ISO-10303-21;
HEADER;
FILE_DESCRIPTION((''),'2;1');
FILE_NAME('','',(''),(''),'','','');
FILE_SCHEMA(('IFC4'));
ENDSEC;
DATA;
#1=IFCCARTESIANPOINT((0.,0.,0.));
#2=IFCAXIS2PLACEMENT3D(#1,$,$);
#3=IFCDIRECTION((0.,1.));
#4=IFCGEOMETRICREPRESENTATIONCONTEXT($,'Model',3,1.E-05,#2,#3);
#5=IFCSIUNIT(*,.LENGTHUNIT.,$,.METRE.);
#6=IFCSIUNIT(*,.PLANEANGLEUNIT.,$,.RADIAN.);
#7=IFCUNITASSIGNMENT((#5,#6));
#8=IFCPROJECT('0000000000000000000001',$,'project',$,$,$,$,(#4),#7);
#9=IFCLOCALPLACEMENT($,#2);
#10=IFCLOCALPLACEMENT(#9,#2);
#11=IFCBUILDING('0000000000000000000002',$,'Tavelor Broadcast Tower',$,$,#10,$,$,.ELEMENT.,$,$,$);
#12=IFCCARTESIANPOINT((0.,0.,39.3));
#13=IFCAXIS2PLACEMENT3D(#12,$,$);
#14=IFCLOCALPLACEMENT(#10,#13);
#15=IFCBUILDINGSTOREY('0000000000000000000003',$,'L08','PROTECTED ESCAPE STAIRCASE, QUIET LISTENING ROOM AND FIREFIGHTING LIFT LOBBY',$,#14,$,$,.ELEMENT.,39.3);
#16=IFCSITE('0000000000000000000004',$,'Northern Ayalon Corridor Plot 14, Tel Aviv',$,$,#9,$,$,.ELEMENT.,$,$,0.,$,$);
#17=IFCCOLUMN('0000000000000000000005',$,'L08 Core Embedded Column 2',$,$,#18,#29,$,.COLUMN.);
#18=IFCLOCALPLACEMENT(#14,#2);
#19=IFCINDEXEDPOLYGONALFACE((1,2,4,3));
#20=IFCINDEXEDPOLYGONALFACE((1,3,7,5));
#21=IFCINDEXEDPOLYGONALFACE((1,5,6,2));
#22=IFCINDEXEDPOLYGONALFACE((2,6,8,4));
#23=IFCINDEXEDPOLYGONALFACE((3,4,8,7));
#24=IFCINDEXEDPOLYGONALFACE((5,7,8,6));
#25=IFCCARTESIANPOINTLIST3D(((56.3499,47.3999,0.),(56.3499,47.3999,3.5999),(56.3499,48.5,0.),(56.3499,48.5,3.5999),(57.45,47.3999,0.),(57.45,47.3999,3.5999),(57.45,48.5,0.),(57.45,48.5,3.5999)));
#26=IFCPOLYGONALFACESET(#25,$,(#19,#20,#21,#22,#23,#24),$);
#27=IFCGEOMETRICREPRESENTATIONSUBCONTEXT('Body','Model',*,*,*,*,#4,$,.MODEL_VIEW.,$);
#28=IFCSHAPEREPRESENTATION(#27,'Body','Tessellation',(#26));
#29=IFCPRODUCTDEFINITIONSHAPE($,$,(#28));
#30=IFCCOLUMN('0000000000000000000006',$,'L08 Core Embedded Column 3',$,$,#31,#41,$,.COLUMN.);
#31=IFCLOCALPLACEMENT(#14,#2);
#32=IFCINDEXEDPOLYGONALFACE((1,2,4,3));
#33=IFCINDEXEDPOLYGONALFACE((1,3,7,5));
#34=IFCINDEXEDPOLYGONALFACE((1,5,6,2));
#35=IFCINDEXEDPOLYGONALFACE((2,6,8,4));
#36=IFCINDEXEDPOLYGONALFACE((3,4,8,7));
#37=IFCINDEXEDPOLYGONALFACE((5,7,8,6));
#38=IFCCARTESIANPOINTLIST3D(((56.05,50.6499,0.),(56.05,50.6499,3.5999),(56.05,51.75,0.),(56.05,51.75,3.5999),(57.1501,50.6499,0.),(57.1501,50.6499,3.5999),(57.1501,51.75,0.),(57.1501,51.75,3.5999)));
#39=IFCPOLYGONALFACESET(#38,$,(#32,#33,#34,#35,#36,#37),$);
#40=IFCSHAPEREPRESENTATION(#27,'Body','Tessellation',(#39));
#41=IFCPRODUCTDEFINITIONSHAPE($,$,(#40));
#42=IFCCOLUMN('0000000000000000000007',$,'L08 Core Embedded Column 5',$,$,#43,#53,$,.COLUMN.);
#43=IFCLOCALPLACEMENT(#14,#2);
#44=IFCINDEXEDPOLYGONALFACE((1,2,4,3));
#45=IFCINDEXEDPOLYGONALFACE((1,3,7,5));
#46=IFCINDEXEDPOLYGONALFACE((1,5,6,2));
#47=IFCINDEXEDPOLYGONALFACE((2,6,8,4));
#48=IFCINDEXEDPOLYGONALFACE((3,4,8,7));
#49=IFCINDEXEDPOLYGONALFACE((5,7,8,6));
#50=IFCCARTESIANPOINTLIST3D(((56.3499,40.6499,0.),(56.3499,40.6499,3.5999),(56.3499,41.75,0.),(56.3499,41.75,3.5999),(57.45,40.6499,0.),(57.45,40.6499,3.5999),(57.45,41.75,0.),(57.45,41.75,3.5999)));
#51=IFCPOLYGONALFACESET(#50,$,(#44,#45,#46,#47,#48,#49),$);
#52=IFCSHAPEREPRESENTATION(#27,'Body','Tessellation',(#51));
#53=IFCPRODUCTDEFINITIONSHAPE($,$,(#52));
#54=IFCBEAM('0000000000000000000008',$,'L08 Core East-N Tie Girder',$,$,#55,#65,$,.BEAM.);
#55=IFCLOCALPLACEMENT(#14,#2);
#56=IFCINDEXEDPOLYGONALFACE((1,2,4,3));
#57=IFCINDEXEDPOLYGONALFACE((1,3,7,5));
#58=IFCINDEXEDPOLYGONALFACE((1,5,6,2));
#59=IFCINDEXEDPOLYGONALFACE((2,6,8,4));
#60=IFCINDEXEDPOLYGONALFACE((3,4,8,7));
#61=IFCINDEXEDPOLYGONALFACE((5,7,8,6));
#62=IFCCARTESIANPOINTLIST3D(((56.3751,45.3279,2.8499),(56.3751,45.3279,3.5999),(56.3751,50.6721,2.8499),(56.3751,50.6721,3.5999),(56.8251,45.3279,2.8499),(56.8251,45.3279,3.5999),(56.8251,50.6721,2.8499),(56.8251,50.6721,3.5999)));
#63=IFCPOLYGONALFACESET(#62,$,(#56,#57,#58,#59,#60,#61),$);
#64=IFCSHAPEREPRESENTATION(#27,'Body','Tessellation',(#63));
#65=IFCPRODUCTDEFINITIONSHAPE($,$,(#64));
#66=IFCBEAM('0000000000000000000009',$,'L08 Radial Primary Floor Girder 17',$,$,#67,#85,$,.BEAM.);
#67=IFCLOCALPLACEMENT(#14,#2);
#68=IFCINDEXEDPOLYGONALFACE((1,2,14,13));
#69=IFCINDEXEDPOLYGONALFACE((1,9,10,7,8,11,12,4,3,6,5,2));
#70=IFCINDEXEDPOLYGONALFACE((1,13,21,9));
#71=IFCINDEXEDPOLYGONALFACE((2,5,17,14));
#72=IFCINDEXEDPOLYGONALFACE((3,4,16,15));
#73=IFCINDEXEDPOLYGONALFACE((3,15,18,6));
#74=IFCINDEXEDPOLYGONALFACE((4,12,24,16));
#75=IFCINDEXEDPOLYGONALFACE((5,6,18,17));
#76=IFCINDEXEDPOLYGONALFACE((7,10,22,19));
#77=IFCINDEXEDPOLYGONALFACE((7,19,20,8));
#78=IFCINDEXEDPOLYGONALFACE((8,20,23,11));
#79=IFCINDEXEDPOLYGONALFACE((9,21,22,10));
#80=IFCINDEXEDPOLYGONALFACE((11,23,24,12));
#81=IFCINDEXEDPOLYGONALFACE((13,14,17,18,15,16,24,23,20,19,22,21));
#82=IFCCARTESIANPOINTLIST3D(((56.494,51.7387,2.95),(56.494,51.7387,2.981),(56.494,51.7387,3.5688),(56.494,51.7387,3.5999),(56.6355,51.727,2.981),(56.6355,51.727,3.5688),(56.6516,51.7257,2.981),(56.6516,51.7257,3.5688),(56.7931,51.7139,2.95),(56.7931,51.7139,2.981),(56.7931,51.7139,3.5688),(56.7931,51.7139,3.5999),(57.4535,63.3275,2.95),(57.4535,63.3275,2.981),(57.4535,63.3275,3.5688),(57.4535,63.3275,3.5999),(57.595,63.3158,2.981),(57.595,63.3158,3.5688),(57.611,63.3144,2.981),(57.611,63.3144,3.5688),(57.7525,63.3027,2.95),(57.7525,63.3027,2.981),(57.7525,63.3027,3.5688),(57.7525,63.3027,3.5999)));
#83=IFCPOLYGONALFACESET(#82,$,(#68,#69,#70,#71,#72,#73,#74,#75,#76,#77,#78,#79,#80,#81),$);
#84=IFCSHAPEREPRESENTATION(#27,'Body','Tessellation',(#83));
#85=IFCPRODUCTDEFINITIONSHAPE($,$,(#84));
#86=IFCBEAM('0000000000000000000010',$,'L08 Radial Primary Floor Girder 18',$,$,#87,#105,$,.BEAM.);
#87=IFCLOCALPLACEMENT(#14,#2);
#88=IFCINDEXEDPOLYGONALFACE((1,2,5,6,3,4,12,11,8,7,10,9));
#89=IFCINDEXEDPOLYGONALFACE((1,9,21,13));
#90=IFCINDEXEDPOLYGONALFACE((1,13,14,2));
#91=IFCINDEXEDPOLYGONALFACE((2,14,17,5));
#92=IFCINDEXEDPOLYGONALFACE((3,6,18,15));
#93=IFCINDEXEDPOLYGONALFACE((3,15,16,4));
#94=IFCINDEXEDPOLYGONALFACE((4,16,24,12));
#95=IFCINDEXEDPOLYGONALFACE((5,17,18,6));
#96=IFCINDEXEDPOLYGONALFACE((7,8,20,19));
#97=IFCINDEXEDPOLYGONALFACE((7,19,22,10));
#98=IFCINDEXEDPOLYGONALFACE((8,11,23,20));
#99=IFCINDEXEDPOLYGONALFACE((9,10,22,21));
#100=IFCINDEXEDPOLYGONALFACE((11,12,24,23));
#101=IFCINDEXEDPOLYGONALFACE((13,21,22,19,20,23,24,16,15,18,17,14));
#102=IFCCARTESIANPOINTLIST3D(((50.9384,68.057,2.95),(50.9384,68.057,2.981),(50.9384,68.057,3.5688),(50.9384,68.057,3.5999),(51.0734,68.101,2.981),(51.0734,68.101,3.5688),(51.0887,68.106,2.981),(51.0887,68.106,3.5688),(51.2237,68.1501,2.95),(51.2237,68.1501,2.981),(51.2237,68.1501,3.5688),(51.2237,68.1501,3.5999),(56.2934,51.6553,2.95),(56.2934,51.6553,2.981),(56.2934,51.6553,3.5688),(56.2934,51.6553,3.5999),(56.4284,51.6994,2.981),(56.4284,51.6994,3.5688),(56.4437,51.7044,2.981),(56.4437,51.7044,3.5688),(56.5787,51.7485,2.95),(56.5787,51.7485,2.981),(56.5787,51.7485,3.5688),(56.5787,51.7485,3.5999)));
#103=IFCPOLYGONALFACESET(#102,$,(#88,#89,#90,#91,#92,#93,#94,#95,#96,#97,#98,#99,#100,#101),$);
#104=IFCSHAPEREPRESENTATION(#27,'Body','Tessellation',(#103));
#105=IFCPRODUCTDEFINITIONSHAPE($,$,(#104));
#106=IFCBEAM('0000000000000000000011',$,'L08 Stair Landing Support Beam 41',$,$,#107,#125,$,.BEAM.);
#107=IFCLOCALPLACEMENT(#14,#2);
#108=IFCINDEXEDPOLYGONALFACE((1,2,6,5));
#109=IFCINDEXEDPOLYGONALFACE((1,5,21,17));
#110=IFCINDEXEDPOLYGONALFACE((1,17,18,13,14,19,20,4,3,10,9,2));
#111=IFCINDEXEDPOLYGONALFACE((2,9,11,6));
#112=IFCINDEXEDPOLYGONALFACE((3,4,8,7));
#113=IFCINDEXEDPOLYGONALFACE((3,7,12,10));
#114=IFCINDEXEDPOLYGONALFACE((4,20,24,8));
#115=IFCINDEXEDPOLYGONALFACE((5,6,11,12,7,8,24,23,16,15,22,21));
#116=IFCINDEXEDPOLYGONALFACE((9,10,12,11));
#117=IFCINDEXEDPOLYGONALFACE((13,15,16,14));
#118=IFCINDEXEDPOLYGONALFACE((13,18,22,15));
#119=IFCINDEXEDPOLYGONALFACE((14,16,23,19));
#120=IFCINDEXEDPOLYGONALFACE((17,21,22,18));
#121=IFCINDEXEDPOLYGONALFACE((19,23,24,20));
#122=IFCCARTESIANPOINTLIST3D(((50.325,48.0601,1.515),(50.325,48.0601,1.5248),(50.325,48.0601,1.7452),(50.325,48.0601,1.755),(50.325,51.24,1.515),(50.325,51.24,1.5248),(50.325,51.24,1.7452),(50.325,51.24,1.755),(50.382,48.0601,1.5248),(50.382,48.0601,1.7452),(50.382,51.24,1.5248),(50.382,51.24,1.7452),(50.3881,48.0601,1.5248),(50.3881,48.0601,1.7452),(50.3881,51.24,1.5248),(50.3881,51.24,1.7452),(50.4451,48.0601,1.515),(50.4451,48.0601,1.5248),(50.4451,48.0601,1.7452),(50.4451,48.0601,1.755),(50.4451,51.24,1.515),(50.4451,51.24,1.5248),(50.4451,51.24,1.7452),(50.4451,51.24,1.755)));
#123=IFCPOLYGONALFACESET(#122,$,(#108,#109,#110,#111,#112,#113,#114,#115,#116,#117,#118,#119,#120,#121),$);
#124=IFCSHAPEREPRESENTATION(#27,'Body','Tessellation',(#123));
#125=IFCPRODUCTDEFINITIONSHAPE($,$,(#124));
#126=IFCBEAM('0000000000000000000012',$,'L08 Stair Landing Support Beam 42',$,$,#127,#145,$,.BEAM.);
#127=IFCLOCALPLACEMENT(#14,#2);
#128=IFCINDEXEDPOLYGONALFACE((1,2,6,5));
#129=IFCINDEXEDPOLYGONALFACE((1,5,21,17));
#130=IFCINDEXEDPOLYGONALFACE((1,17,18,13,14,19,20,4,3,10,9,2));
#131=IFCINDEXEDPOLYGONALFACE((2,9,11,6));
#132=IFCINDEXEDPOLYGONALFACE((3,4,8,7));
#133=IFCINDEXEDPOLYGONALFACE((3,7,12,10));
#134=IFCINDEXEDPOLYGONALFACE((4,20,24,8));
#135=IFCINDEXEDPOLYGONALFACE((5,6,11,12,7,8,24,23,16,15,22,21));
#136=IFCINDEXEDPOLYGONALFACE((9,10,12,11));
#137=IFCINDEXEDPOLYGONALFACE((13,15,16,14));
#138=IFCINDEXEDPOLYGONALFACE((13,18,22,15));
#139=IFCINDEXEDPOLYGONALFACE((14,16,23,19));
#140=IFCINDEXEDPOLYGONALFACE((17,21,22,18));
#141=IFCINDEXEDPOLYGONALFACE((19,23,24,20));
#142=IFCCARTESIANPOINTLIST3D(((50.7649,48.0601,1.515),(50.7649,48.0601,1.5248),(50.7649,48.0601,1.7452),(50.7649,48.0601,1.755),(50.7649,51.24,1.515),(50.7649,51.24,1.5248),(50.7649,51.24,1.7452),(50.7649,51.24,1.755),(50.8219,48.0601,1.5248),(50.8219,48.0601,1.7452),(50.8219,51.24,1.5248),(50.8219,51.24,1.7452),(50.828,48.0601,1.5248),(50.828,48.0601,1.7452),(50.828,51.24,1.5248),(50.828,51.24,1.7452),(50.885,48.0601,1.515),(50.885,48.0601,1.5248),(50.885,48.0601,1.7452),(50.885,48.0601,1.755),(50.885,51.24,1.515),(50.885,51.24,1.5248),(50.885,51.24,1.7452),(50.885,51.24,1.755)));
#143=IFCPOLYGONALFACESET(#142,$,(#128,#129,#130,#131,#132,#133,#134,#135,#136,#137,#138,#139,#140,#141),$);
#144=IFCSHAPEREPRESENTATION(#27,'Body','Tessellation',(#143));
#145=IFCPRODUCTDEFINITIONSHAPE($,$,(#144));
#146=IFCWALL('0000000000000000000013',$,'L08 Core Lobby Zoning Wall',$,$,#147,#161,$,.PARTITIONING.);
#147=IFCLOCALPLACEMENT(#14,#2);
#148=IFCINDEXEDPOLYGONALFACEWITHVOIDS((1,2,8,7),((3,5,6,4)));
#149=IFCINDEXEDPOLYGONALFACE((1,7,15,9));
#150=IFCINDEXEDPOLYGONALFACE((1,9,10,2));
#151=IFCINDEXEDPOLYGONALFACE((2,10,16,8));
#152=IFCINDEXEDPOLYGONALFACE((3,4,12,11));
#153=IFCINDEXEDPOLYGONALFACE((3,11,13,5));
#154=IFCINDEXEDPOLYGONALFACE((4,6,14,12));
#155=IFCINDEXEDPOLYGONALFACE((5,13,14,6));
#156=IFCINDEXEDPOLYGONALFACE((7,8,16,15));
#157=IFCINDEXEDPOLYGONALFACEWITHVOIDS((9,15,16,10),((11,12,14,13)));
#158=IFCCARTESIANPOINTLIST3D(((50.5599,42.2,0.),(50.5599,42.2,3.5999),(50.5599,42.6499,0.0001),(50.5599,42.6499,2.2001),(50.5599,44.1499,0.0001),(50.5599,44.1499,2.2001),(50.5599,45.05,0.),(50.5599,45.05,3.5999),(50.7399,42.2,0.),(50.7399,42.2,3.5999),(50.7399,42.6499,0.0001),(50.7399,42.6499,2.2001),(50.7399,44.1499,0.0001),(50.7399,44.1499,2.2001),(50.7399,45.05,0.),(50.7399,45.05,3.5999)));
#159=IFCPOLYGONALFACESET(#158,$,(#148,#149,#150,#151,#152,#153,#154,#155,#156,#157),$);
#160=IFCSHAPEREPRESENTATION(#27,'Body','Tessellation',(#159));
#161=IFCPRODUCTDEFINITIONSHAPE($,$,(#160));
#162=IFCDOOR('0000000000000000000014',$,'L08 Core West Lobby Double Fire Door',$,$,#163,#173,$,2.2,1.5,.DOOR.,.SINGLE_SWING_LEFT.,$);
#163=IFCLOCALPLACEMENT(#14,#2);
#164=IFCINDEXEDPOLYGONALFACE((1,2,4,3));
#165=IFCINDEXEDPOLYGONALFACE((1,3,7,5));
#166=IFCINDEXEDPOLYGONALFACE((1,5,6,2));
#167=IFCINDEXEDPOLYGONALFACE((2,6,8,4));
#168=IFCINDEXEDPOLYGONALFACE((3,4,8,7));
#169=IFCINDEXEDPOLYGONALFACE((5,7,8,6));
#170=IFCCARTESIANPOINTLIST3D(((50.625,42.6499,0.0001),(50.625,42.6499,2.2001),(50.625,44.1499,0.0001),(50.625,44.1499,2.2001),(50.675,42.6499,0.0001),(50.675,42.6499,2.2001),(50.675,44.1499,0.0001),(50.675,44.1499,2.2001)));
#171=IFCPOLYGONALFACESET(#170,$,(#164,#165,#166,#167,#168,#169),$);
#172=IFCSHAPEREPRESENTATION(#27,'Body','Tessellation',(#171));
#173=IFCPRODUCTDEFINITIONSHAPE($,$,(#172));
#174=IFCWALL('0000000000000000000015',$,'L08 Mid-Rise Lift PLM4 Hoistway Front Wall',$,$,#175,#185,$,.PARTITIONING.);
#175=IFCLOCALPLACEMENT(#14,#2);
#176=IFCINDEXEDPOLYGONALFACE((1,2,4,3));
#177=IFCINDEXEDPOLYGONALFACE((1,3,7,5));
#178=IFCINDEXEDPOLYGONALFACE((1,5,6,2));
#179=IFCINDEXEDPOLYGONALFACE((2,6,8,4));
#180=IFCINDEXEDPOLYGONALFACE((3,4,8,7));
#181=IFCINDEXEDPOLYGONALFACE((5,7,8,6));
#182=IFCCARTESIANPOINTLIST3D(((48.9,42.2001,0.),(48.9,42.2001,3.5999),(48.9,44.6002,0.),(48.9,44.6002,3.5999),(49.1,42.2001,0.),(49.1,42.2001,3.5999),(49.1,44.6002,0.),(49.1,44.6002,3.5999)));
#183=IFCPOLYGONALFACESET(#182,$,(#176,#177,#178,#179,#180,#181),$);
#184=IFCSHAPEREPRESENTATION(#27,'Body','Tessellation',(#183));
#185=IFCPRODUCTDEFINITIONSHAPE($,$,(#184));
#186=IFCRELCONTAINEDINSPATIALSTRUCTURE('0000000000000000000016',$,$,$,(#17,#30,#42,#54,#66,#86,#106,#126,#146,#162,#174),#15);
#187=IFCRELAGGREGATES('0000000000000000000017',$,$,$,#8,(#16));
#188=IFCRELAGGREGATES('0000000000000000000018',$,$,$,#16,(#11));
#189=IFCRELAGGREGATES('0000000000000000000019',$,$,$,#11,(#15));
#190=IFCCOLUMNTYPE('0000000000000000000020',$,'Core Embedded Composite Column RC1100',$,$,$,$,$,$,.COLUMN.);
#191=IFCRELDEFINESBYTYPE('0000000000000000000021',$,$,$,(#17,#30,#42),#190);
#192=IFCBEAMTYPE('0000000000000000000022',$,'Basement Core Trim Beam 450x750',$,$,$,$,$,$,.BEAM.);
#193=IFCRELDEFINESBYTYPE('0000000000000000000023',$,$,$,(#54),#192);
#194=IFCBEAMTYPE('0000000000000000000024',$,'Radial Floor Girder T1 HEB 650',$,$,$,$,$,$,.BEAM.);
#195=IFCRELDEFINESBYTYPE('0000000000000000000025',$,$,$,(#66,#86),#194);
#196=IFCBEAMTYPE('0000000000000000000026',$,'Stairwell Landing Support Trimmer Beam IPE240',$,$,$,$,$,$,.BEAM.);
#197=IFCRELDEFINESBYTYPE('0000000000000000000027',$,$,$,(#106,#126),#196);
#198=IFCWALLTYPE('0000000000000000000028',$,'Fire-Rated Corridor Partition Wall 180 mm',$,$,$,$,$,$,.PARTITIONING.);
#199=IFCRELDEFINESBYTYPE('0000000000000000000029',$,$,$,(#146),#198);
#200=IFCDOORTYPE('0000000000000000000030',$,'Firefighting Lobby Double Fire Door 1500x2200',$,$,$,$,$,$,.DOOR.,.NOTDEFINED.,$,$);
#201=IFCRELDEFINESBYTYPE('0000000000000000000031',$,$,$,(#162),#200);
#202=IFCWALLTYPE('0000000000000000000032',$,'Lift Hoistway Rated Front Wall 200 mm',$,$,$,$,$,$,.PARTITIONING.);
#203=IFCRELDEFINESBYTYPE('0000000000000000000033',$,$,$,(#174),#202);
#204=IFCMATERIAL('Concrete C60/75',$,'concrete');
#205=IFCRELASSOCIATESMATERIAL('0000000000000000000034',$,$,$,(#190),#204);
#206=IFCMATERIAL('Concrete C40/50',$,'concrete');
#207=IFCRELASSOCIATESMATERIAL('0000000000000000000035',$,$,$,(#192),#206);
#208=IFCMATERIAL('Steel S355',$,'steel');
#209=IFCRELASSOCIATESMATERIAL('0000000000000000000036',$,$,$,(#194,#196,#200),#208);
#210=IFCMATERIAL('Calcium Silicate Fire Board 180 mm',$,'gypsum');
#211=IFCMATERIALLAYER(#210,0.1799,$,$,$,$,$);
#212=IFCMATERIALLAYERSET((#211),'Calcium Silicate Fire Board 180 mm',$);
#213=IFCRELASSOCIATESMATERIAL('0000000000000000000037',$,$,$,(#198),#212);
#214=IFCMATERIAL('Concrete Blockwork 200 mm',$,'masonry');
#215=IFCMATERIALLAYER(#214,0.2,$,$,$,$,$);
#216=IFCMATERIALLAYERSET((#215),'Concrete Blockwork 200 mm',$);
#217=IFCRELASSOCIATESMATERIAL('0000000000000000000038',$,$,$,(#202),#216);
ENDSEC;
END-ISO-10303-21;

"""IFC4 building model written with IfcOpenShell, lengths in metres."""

from ifc_helpers import new_model, si_unit, direction, frame, frame_2d, origin, origin_2d, place, context, subcontext, project, spatial, rectangle, i_section, extrude, material, layer, layer_set, material_profile, profile_set, type_object, element, fill, save


model = new_model("IFC4")

# Units and contexts
model_context = context("Model", 3, precision=1e-05, world=origin(), true_north=direction((0.0, 1.0)))
body_context = subcontext(model_context, "Body", "Model", "MODEL_VIEW")
ifc_project = project(units=[si_unit("LENGTHUNIT", "METRE"), si_unit("PLANEANGLEUNIT", "RADIAN")], contexts=[model_context])

# Site, building, storey
site_placement = place(None, origin())
site = spatial("IfcSite", under=ifc_project, at=site_placement, Name="Northern Ayalon Corridor Plot 14, Tel Aviv", CompositionType="ELEMENT", RefElevation=0.0)
building_placement = place(site_placement, origin())
building = spatial("IfcBuilding", under=site, at=building_placement, Name="Tavelor Broadcast Tower", CompositionType="ELEMENT")
storey_placement = place(building_placement, frame((0.0, 0.0, 39.3)))
storey = spatial("IfcBuildingStorey", under=building, at=storey_placement, Name="L08", Description="PROTECTED ESCAPE STAIRCASE, QUIET LISTENING ROOM AND FIREFIGHTING LIFT LOBBY", CompositionType="ELEMENT", Elevation=39.3)

# Columns
ifc_material_1 = material(Name="Concrete C60/75", Category="concrete")
ifc_material_profile_1 = material_profile(ifc_material_1, rectangle(XDim=1.1001, YDim=1.1001, at=origin_2d()), Name="RC 1100x1100")
ifc_profile_set_1 = profile_set([ifc_material_profile_1], Name="Concrete C60/75")
column_type = type_object("IfcColumnType", Name="Core Embedded Composite Column RC1100", PredefinedType="COLUMN", material=ifc_profile_set_1)
for number, where, z_axis, x_axis, name in (
    (1, (56.8999, 47.95, 0.0), (0.0, 0.0, 1.0), (1.0, 0.0, 0.0), "L08 Core Embedded Column 2"),
    (2, (56.6001, 51.2, 0.0), (0.0, 0.0, 1.0), (1.0, 0.0, 0.0), "L08 Core Embedded Column 3"),
    (3, (56.8999, 41.2, 0.0), (0.0, 0.0, 1.0), (1.0, 0.0, 0.0), "L08 Core Embedded Column 5"),
):
    element("IfcColumn", number, at=place(storey_placement, frame(where, z_axis=z_axis, x_axis=x_axis)), inside=storey, type_object=column_type, Name=name, PredefinedType="COLUMN", context=body_context, shape_type="SweptSolid", body=[
        extrude(rectangle(XDim=1.1001, YDim=1.1001, at=origin_2d()), origin(), (0.0, 0.0, 1.0), 3.5999),
    ])

# Beams
ifc_material_2 = material(Name="Concrete C40/50", Category="concrete")
ifc_material_profile_2 = material_profile(ifc_material_2, rectangle(XDim=0.45, YDim=0.75, at=origin_2d()), Name="RC 450x750")
ifc_profile_set_2 = profile_set([ifc_material_profile_2], Name="Concrete C40/50")
beam_type_1 = type_object("IfcBeamType", Name="Basement Core Trim Beam 450x750", PredefinedType="BEAM", material=ifc_profile_set_2)
beam_1_placement = place(storey_placement, frame((56.6001, 45.3279, 3.2249), z_axis=(0.0, 1.0, 0.0), x_axis=(-1.0, 0.0, 0.0)))
element("IfcBeam", 4, at=beam_1_placement, inside=storey, type_object=beam_type_1, Name="L08 Core East-N Tie Girder", PredefinedType="BEAM", context=body_context, shape_type="SweptSolid", body=[
    extrude(rectangle(XDim=0.45, YDim=0.75, at=origin_2d()), origin(), (0.0, 0.0, 1.0), 5.3442),
])
ifc_material_3 = material(Name="Steel S355", Category="steel")
ifc_material_profile_3 = material_profile(ifc_material_3, i_section(OverallWidth=0.3, OverallDepth=0.6499, WebThickness=0.0161, FlangeThickness=0.031, at=origin_2d()), Name="HEB 650")
ifc_profile_set_3 = profile_set([ifc_material_profile_3], Name="Steel S355")
beam_type_2 = type_object("IfcBeamType", Name="Radial Floor Girder T1 HEB 650", PredefinedType="BEAM", material=ifc_profile_set_3)
beam_2_placement = place(storey_placement, frame((56.6436, 51.7263, 3.2749), z_axis=(0.08251, 0.99659, 0.0), x_axis=(-0.99659, 0.08251, 0.0)))
element("IfcBeam", 5, at=beam_2_placement, inside=storey, type_object=beam_type_2, Name="L08 Radial Primary Floor Girder 17", PredefinedType="BEAM", context=body_context, shape_type="SweptSolid", body=[
    extrude(i_section(OverallWidth=0.3, OverallDepth=0.6499, WebThickness=0.0161, FlangeThickness=0.031, at=origin_2d()), origin(), (0.0, 0.0, 1.0), 11.6284),
])
beam_3_placement = place(storey_placement, frame((56.436, 51.7019, 3.2749), z_axis=(-0.310368, 0.950617, 0.0), x_axis=(-0.950617, -0.310368, 0.0)))
element("IfcBeam", 6, at=beam_3_placement, inside=storey, type_object=beam_type_2, Name="L08 Radial Primary Floor Girder 18", PredefinedType="BEAM", context=body_context, shape_type="SweptSolid", body=[
    extrude(i_section(OverallWidth=0.3, OverallDepth=0.6499, WebThickness=0.0161, FlangeThickness=0.031, at=origin_2d()), origin(), (0.0, 0.0, 1.0), 17.2537),
])
ifc_material_profile_4 = material_profile(ifc_material_3, i_section(OverallWidth=0.1201, OverallDepth=0.24, WebThickness=0.0061, FlangeThickness=0.0098, at=origin_2d()), Name="IPE 240")
ifc_profile_set_4 = profile_set([ifc_material_profile_4], Name="Steel S355")
beam_type_3 = type_object("IfcBeamType", Name="Stairwell Landing Support Trimmer Beam IPE240", PredefinedType="BEAM", material=ifc_profile_set_4)
for number, where, z_axis, x_axis, name in (
    (7, (50.385, 48.0601, 1.635), (0.0, 1.0, 0.0), (-1.0, 0.0, 0.0), "L08 Stair Landing Support Beam 41"),
    (8, (50.825, 48.0601, 1.635), (0.0, 1.0, 0.0), (-1.0, 0.0, 0.0), "L08 Stair Landing Support Beam 42"),
):
    element("IfcBeam", number, at=place(storey_placement, frame(where, z_axis=z_axis, x_axis=x_axis)), inside=storey, type_object=beam_type_3, Name=name, PredefinedType="BEAM", context=body_context, shape_type="SweptSolid", body=[
        extrude(i_section(OverallWidth=0.1201, OverallDepth=0.24, WebThickness=0.0061, FlangeThickness=0.0098, at=origin_2d()), origin(), (0.0, 0.0, 1.0), 3.1799),
    ])

# Wall, opening, door
ifc_material_4 = material(Name="Calcium Silicate Fire Board 180 mm", Category="gypsum")
ifc_layer_1 = layer(ifc_material_4, 0.1799)
ifc_layer_set_1 = layer_set([ifc_layer_1], Name="Calcium Silicate Fire Board 180 mm")
wall_type_1 = type_object("IfcWallType", Name="Fire-Rated Corridor Partition Wall 180 mm", PredefinedType="PARTITIONING", material=ifc_layer_set_1)
wall_1_placement = place(storey_placement, frame((50.6499, 42.2, 0.0), z_axis=(0.0, 0.0, 1.0), x_axis=(0.0, 1.0, 0.0)))
wall_1 = element("IfcWall", 9, at=wall_1_placement, inside=storey, type_object=wall_type_1, Name="L08 Core Lobby Zoning Wall", PredefinedType="PARTITIONING", context=body_context, shape_type="SweptSolid", body=[
    extrude(rectangle(XDim=2.8501, YDim=0.1799, at=frame_2d((1.425, 0.0))), origin(), (0.0, 0.0, 1.0), 3.5999),
])
opening_1_placement = place(wall_1_placement, frame((0.45, 0.0, 0.0)))
opening_1 = element("IfcOpeningElement", 10, at=opening_1_placement, cuts=wall_1, PredefinedType="OPENING", context=body_context, shape_type="SweptSolid", body=[
    extrude(rectangle(XDim=1.5, YDim=2.2, at=frame_2d((0.75, 1.1001))), frame((0.0, 0.1001, 0.0), z_axis=(0.0, -1.0, 0.0), x_axis=(1.0, 0.0, 0.0)), (0.0, 0.0, 1.0), 0.2),
])
door_type = type_object("IfcDoorType", Name="Firefighting Lobby Double Fire Door 1500x2200", OperationType="NOTDEFINED", PredefinedType="DOOR", material=ifc_material_3)
door_1_placement = place(opening_1_placement, origin())
door_1 = element("IfcDoor", 11, at=door_1_placement, inside=storey, type_object=door_type, Name="L08 Core West Lobby Double Fire Door", OperationType="SINGLE_SWING_LEFT", OverallHeight=2.2, OverallWidth=1.5, PredefinedType="DOOR", context=body_context, shape_type="SweptSolid", body=[
    extrude(rectangle(XDim=1.5, YDim=2.2, at=frame_2d((0.75, 1.1001))), frame((0.0, 0.0249, 0.0), z_axis=(0.0, -1.0, 0.0), x_axis=(1.0, 0.0, 0.0)), (0.0, 0.0, 1.0), 0.05),
])
fill(opening_1, door_1)

# Wall
ifc_material_5 = material(Name="Concrete Blockwork 200 mm", Category="masonry")
ifc_layer_2 = layer(ifc_material_5, 0.2)
ifc_layer_set_2 = layer_set([ifc_layer_2], Name="Concrete Blockwork 200 mm")
wall_type_2 = type_object("IfcWallType", Name="Lift Hoistway Rated Front Wall 200 mm", PredefinedType="PARTITIONING", material=ifc_layer_set_2)
wall_2_placement = place(storey_placement, frame((49.0, 42.2, 0.0), z_axis=(0.0, 0.0, 1.0), x_axis=(0.0, 1.0, 0.0)))
element("IfcWall", 12, at=wall_2_placement, inside=storey, type_object=wall_type_2, Name="L08 Mid-Rise Lift PLM4 Hoistway Front Wall", PredefinedType="PARTITIONING", context=body_context, shape_type="SweptSolid", body=[
    extrude(rectangle(XDim=2.4001, YDim=0.2, at=frame_2d((1.2002, 0.0))), origin(), (0.0, 0.0, 1.0), 3.5999),
])

save(model, "model.ifc")
